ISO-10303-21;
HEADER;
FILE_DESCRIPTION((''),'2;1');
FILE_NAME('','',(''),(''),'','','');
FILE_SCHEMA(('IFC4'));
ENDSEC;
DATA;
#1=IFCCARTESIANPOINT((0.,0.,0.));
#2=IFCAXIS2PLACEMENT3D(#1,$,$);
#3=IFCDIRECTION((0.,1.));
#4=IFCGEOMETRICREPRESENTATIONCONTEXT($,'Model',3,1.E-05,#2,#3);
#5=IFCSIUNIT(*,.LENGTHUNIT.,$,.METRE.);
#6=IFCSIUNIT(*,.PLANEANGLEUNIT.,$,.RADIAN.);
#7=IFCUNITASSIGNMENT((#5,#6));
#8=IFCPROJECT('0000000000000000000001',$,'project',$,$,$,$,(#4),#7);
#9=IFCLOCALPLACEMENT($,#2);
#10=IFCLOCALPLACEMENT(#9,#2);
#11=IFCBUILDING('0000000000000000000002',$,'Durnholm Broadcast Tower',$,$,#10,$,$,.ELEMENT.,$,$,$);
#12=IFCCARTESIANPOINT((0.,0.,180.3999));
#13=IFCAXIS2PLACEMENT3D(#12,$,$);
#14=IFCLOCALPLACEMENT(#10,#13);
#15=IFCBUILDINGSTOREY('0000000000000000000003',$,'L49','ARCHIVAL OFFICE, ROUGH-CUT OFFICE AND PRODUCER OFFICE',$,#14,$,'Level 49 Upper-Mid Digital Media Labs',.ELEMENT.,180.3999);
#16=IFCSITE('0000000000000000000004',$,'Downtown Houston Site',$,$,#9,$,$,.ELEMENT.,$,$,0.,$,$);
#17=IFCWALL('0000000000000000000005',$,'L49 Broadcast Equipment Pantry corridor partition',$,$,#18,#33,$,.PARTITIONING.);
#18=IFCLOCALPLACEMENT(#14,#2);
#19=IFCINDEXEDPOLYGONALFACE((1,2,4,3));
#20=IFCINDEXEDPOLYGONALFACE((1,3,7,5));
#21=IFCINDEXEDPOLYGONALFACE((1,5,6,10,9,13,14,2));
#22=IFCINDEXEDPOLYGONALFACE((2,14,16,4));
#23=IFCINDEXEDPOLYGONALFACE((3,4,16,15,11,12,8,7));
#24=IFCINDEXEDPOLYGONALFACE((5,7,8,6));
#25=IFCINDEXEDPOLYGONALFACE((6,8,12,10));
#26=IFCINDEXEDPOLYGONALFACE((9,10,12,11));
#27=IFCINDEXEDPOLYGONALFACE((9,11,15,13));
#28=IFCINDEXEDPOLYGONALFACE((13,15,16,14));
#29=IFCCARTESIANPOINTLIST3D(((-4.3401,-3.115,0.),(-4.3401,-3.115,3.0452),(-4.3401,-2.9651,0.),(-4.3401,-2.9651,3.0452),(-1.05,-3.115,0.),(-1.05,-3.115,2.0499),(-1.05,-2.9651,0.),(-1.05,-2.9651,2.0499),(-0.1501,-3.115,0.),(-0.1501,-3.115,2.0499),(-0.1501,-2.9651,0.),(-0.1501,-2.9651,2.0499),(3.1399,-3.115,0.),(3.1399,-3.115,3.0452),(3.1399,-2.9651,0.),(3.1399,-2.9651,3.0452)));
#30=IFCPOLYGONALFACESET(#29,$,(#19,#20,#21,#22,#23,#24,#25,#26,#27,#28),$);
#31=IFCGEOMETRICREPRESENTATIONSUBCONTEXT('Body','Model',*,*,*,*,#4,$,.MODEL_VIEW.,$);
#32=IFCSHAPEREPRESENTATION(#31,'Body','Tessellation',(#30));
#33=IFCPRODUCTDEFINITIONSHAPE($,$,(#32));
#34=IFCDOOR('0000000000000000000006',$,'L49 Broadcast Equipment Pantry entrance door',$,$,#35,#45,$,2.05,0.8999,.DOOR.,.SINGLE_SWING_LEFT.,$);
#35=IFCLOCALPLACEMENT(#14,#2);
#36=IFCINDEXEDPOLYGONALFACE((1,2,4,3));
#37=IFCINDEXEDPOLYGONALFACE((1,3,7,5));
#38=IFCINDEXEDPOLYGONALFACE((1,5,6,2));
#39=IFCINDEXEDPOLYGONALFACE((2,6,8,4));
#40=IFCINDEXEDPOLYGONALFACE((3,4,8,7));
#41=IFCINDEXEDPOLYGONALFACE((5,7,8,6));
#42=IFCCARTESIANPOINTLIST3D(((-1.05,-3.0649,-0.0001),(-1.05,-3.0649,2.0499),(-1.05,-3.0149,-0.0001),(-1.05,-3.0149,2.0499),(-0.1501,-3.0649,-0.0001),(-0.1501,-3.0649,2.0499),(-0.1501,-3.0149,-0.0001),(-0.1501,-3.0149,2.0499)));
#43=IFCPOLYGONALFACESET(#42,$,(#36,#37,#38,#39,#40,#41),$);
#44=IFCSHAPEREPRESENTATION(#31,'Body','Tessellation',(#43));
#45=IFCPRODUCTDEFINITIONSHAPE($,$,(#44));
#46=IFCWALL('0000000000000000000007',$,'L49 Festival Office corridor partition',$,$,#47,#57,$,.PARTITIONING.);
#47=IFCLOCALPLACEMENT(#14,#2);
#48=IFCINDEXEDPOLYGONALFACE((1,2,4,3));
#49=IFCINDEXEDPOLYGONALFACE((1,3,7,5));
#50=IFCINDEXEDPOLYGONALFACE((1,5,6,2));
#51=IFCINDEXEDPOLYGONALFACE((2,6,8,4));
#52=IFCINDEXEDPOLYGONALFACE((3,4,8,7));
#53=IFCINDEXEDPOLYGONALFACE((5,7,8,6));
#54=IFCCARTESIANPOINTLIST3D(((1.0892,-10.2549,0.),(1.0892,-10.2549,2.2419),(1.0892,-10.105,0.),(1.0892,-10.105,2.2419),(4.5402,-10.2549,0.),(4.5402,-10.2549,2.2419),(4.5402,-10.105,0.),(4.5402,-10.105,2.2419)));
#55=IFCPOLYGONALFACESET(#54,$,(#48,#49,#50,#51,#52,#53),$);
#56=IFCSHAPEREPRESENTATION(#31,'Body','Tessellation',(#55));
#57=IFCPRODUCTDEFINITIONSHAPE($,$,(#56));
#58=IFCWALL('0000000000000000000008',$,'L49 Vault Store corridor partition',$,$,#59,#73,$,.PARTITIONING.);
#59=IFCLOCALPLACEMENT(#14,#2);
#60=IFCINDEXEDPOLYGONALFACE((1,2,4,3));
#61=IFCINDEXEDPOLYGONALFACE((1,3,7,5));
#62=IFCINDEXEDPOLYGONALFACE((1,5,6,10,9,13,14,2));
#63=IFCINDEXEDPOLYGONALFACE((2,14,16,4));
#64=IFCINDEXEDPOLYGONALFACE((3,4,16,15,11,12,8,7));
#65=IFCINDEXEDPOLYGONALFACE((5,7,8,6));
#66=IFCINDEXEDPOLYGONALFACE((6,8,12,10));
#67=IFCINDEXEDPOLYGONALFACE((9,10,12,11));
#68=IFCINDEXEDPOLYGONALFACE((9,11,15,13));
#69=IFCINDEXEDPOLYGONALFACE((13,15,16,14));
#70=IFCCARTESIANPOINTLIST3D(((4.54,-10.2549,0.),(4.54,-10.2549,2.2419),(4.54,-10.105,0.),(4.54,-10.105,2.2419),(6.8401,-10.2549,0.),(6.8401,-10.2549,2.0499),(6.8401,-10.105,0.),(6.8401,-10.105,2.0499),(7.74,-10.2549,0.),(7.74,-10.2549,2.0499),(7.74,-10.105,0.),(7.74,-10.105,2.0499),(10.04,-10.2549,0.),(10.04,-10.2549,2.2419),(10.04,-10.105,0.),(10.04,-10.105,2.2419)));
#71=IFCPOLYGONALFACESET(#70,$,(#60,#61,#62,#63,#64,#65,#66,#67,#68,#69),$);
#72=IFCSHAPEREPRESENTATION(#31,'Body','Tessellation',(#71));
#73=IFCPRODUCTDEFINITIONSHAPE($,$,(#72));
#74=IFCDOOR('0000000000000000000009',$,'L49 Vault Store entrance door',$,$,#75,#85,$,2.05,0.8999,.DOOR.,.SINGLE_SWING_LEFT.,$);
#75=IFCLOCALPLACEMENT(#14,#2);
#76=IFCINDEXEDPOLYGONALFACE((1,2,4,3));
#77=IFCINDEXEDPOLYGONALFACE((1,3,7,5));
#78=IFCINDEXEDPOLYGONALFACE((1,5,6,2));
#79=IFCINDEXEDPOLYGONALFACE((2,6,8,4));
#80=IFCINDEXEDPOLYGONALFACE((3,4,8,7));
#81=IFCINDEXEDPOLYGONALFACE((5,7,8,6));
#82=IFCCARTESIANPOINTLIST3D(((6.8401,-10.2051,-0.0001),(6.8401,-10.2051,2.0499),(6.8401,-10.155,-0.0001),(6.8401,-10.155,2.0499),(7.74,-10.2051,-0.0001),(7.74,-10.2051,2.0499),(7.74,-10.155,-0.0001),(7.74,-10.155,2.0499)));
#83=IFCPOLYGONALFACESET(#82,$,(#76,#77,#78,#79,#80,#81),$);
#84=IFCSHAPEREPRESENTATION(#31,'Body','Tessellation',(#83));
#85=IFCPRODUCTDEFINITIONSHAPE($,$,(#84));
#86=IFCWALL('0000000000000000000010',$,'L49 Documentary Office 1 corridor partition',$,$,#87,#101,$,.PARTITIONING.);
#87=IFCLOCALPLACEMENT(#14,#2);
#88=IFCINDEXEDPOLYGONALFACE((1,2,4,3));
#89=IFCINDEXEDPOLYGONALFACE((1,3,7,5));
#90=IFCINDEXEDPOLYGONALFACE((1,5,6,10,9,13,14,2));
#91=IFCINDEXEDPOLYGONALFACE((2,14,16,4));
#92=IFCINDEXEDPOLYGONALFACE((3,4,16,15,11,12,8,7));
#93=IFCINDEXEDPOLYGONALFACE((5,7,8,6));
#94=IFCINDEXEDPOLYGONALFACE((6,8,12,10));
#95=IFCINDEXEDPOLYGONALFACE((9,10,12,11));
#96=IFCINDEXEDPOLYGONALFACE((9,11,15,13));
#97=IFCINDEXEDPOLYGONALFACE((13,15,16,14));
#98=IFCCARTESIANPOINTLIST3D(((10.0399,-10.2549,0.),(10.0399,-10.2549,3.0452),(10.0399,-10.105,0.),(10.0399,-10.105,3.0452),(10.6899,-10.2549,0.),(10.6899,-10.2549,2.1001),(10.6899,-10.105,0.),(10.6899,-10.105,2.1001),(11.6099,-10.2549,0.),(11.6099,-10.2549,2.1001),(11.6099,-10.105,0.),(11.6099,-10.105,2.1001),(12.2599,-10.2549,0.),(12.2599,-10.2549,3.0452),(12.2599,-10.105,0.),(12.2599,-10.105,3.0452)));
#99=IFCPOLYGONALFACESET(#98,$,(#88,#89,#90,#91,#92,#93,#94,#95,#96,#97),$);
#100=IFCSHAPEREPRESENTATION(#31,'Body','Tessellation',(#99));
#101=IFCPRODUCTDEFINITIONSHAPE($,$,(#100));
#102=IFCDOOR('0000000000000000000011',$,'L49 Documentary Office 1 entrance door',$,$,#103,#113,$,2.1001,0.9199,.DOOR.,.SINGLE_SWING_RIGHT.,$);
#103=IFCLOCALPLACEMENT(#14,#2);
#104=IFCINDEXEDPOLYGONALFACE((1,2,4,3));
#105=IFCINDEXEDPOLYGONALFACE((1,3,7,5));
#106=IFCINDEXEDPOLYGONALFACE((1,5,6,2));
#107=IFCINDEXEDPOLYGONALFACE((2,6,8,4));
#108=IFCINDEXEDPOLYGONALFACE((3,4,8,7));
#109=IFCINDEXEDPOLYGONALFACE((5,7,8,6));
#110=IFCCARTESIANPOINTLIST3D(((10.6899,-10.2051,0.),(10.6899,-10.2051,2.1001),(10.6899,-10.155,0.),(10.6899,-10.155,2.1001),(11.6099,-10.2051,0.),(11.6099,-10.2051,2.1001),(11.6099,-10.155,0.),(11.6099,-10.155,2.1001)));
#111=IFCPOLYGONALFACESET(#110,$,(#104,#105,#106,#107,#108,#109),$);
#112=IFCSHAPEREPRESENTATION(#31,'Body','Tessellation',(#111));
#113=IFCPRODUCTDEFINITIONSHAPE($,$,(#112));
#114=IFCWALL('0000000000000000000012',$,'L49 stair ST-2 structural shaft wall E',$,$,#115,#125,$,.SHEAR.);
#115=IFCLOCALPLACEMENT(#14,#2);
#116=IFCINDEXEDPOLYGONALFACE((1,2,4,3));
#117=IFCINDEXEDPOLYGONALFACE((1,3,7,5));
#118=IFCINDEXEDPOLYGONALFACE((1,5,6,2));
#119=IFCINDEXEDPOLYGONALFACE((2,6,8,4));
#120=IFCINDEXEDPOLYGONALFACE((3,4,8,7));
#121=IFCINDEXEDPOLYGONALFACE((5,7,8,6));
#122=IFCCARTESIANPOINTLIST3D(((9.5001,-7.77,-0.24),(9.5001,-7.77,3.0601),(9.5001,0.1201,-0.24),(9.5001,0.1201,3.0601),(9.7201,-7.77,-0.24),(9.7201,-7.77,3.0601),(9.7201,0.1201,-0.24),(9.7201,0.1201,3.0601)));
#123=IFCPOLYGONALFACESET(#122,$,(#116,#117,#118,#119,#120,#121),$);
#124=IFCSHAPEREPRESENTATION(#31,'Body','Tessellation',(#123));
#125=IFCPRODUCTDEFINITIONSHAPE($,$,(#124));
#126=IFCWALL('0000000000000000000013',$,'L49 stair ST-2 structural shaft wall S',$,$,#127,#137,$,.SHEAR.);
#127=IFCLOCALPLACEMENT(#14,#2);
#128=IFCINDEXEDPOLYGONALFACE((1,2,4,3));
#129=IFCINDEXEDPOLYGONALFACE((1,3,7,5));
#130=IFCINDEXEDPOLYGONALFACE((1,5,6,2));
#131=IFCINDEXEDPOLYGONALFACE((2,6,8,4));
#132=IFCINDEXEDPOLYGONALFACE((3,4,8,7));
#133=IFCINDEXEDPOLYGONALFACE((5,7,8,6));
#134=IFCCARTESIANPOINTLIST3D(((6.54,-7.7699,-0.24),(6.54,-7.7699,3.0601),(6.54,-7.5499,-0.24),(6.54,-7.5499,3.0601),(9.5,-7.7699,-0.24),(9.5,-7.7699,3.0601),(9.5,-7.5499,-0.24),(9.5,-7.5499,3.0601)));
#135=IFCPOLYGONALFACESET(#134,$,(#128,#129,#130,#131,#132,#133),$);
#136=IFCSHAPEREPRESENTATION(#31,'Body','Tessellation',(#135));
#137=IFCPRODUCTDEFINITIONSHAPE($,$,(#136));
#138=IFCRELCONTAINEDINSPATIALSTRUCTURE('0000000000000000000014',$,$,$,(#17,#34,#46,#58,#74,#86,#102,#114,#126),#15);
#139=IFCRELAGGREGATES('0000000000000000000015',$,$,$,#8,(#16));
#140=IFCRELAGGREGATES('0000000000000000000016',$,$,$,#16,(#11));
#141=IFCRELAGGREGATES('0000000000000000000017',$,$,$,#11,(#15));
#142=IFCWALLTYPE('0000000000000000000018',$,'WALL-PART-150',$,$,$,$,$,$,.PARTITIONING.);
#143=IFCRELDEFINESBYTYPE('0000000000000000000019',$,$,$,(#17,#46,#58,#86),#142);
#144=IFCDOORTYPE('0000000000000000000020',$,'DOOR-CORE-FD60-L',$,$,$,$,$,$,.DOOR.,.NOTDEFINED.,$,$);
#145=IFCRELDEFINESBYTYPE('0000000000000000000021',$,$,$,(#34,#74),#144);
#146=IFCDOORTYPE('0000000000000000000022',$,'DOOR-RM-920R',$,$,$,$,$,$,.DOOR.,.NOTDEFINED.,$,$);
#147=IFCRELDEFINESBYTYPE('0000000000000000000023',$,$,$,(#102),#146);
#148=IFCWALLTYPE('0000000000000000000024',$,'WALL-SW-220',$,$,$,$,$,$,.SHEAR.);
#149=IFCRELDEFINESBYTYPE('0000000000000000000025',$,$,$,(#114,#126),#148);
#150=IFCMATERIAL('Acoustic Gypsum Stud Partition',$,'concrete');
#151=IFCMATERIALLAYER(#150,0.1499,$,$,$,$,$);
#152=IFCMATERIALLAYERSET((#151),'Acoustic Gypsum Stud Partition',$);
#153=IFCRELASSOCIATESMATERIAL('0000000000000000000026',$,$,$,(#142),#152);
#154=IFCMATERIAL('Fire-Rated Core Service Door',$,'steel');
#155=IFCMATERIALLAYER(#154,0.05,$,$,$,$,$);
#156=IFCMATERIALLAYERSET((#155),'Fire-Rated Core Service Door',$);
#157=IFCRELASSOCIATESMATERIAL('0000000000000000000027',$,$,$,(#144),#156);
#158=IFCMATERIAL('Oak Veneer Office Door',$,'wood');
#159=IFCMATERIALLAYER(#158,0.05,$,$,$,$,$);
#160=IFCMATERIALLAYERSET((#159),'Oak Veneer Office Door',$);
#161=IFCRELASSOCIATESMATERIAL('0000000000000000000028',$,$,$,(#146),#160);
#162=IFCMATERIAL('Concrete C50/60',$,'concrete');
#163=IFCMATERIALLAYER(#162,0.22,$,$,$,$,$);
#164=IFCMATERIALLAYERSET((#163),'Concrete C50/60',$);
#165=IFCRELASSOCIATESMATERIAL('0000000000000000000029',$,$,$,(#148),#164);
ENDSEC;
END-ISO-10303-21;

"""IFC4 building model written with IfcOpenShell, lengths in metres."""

from ifc_helpers import new_model, si_unit, direction, frame, frame_2d, origin, place, context, subcontext, project, spatial, rectangle, extrude, source, transform, mapped, material, layer, layer_set, type_object, type_shapes, element, fill, save


model = new_model("IFC4")

# Units and contexts
model_context = context("Model", 3, precision=1e-05, world=origin(), true_north=direction((0.0, 1.0)))
body_context = subcontext(model_context, "Body", "Model", "MODEL_VIEW")
ifc_project = project(units=[si_unit("LENGTHUNIT", "METRE"), si_unit("PLANEANGLEUNIT", "RADIAN")], contexts=[model_context])

# Site, building, storey
site_placement = place(None, origin())
site = spatial("IfcSite", under=ifc_project, at=site_placement, Name="Downtown Houston Site", CompositionType="ELEMENT", RefElevation=0.0)
building_placement = place(site_placement, origin())
building = spatial("IfcBuilding", under=site, at=building_placement, Name="Durnholm Broadcast Tower", CompositionType="ELEMENT")
storey_placement = place(building_placement, frame((0.0, 0.0, 180.3999)))
storey = spatial("IfcBuildingStorey", under=building, at=storey_placement, Name="L49", Description="ARCHIVAL OFFICE, ROUGH-CUT OFFICE AND PRODUCER OFFICE", LongName="Level 49 Upper-Mid Digital Media Labs", CompositionType="ELEMENT", Elevation=180.3999)

# Wall, opening, door
ifc_material_1 = material(Name="Fire-Rated Core Service Door", Category="steel")
ifc_material_2 = material(Name="Acoustic Gypsum Stud Partition", Category="concrete")
ifc_layer_1 = layer(ifc_material_2, 0.1499)
ifc_layer_set_1 = layer_set([ifc_layer_1], Name="Acoustic Gypsum Stud Partition")
wall_type_1 = type_object("IfcWallType", Name="WALL-PART-150", PredefinedType="PARTITIONING", material=ifc_layer_set_1)
wall_1_placement = place(storey_placement, frame((3.1399, -3.04, 0.0), z_axis=(0.0, 0.0, 1.0), x_axis=(-1.0, 0.0, 0.0)))
wall_1 = element("IfcWall", 1, at=wall_1_placement, inside=storey, type_object=wall_type_1, Name="L49 Broadcast Equipment Pantry corridor partition", PredefinedType="PARTITIONING", context=body_context, shape_type="SweptSolid", body=[
    extrude(rectangle(XDim=7.48, YDim=0.1499, at=frame_2d((3.74, 0.0))), origin(), (0.0, 0.0, 1.0), 3.0452),
])
opening_1_placement = place(wall_1_placement, frame((3.29, 0.0, 0.0)))
opening_1 = element("IfcOpeningElement", 2, at=opening_1_placement, cuts=wall_1, PredefinedType="OPENING", context=body_context, shape_type="SweptSolid", body=[
    extrude(rectangle(XDim=0.8999, YDim=2.05, at=frame_2d((0.45, 1.0249))), frame((0.0, 0.085, 0.0), z_axis=(0.0, -1.0, 0.0), x_axis=(1.0, 0.0, 0.0)), (0.0, 0.0, 1.0), 0.1699),
])
ifc_layer_2 = layer(ifc_material_1, 0.05)
ifc_layer_set_2 = layer_set([ifc_layer_2], Name="Fire-Rated Core Service Door")
door_type_1 = type_object("IfcDoorType", Name="DOOR-CORE-FD60-L", OperationType="NOTDEFINED", PredefinedType="DOOR", material=ifc_layer_set_2)
shared_shape_1 = source(origin(), body_context, "Body", "SweptSolid", [
    extrude(rectangle(XDim=0.8999, YDim=2.05, at=frame_2d((0.45, 1.0249))), frame((0.0, 0.0249, 0.0), z_axis=(0.0, -1.0, 0.0), x_axis=(1.0, 0.0, 0.0)), (0.0, 0.0, 1.0), 0.05),
])
type_shapes(door_type_1, [shared_shape_1])
door_1_placement = place(opening_1_placement, origin())
door_1 = element("IfcDoor", 3, at=door_1_placement, inside=storey, type_object=door_type_1, Name="L49 Broadcast Equipment Pantry entrance door", OperationType="SINGLE_SWING_LEFT", OverallHeight=2.05, OverallWidth=0.8999, PredefinedType="DOOR", context=body_context, shape_type="MappedRepresentation", body=[
    mapped(shared_shape_1, transform((0.0, 0.0, 0.0), x_axis=(1.0, 0.0, 0.0), y_axis=(0.0, 1.0, 0.0), z_axis=(0.0, 0.0, 1.0), scale=1.0)),
])
fill(opening_1, door_1)

# Wall
wall_2_placement = place(storey_placement, frame((1.0891, -10.1799, 0.0), z_axis=(0.0, 0.0, 1.0), x_axis=(1.0, 0.0, 0.0)))
element("IfcWall", 4, at=wall_2_placement, inside=storey, type_object=wall_type_1, Name="L49 Festival Office corridor partition", PredefinedType="PARTITIONING", context=body_context, shape_type="SweptSolid", body=[
    extrude(rectangle(XDim=3.4509, YDim=0.1499, at=frame_2d((1.7256, 0.0))), origin(), (0.0, 0.0, 1.0), 2.2419),
])

# Walls, openings, doors
wall_3_placement = place(storey_placement, frame((4.54, -10.1799, 0.0), z_axis=(0.0, 0.0, 1.0), x_axis=(1.0, 0.0, 0.0)))
wall_3 = element("IfcWall", 5, at=wall_3_placement, inside=storey, type_object=wall_type_1, Name="L49 Vault Store corridor partition", PredefinedType="PARTITIONING", context=body_context, shape_type="SweptSolid", body=[
    extrude(rectangle(XDim=5.5, YDim=0.1499, at=frame_2d((2.75, 0.0))), origin(), (0.0, 0.0, 1.0), 2.2419),
])
opening_2_placement = place(wall_3_placement, frame((2.3, 0.0, 0.0)))
opening_2 = element("IfcOpeningElement", 6, at=opening_2_placement, cuts=wall_3, PredefinedType="OPENING", context=body_context, shape_type="SweptSolid", body=[
    extrude(rectangle(XDim=0.8999, YDim=2.05, at=frame_2d((0.45, 1.0249))), frame((0.0, 0.085, 0.0), z_axis=(0.0, -1.0, 0.0), x_axis=(1.0, 0.0, 0.0)), (0.0, 0.0, 1.0), 0.1699),
])
door_2_placement = place(opening_2_placement, origin())
door_2 = element("IfcDoor", 7, at=door_2_placement, inside=storey, type_object=door_type_1, Name="L49 Vault Store entrance door", OperationType="SINGLE_SWING_LEFT", OverallHeight=2.05, OverallWidth=0.8999, PredefinedType="DOOR", context=body_context, shape_type="MappedRepresentation", body=[
    mapped(shared_shape_1, transform((0.0, 0.0, 0.0), x_axis=(1.0, 0.0, 0.0), y_axis=(0.0, 1.0, 0.0), z_axis=(0.0, 0.0, 1.0), scale=1.0)),
])
fill(opening_2, door_2)
wall_4_placement = place(storey_placement, frame((10.04, -10.1799, 0.0), z_axis=(0.0, 0.0, 1.0), x_axis=(1.0, 0.0, 0.0)))
wall_4 = element("IfcWall", 8, at=wall_4_placement, inside=storey, type_object=wall_type_1, Name="L49 Documentary Office 1 corridor partition", PredefinedType="PARTITIONING", context=body_context, shape_type="SweptSolid", body=[
    extrude(rectangle(XDim=2.22, YDim=0.1499, at=frame_2d((1.1099, 0.0))), origin(), (0.0, 0.0, 1.0), 3.0452),
])
opening_3_placement = place(wall_4_placement, frame((0.6499, 0.0, 0.0)))
opening_3 = element("IfcOpeningElement", 9, at=opening_3_placement, cuts=wall_4, PredefinedType="OPENING", context=body_context, shape_type="SweptSolid", body=[
    extrude(rectangle(XDim=0.9199, YDim=2.1001, at=frame_2d((0.46, 1.05))), frame((0.0, 0.085, 0.0), z_axis=(0.0, -1.0, 0.0), x_axis=(1.0, 0.0, 0.0)), (0.0, 0.0, 1.0), 0.1699),
])
ifc_material_3 = material(Name="Oak Veneer Office Door", Category="wood")
ifc_layer_3 = layer(ifc_material_3, 0.05)
ifc_layer_set_3 = layer_set([ifc_layer_3], Name="Oak Veneer Office Door")
door_type_2 = type_object("IfcDoorType", Name="DOOR-RM-920R", OperationType="NOTDEFINED", PredefinedType="DOOR", material=ifc_layer_set_3)
shared_shape_2 = source(origin(), body_context, "Body", "SweptSolid", [
    extrude(rectangle(XDim=0.9199, YDim=2.1001, at=frame_2d((0.46, 1.05))), frame((0.0, 0.0249, 0.0), z_axis=(0.0, -1.0, 0.0), x_axis=(1.0, 0.0, 0.0)), (0.0, 0.0, 1.0), 0.05),
])
type_shapes(door_type_2, [shared_shape_2])
door_3_placement = place(opening_3_placement, origin())
door_3 = element("IfcDoor", 10, at=door_3_placement, inside=storey, type_object=door_type_2, Name="L49 Documentary Office 1 entrance door", OperationType="SINGLE_SWING_RIGHT", OverallHeight=2.1001, OverallWidth=0.9199, PredefinedType="DOOR", context=body_context, shape_type="MappedRepresentation", body=[
    mapped(shared_shape_2, transform((0.0, 0.0, 0.0), x_axis=(1.0, 0.0, 0.0), y_axis=(0.0, 1.0, 0.0), z_axis=(0.0, 0.0, 1.0), scale=1.0)),
])
fill(opening_3, door_3)

# Walls
ifc_material_4 = material(Name="Concrete C50/60", Category="concrete")
ifc_layer_4 = layer(ifc_material_4, 0.22)
ifc_layer_set_4 = layer_set([ifc_layer_4], Name="Concrete C50/60")
wall_type_2 = type_object("IfcWallType", Name="WALL-SW-220", PredefinedType="SHEAR", material=ifc_layer_set_4)
wall_5_placement = place(storey_placement, frame((9.6101, -7.77, -0.24), z_axis=(0.0, 0.0, 1.0), x_axis=(0.0, 1.0, 0.0)))
element("IfcWall", 11, at=wall_5_placement, inside=storey, type_object=wall_type_2, Name="L49 stair ST-2 structural shaft wall E", PredefinedType="SHEAR", context=body_context, shape_type="SweptSolid", body=[
    extrude(rectangle(XDim=7.8901, YDim=0.22, at=frame_2d((3.9451, 0.0))), origin(), (0.0, 0.0, 1.0), 3.3),
])
wall_6_placement = place(storey_placement, frame((6.54, -7.6599, -0.24), z_axis=(0.0, 0.0, 1.0), x_axis=(1.0, 0.0, 0.0)))
element("IfcWall", 12, at=wall_6_placement, inside=storey, type_object=wall_type_2, Name="L49 stair ST-2 structural shaft wall S", PredefinedType="SHEAR", context=body_context, shape_type="SweptSolid", body=[
    extrude(rectangle(XDim=2.96, YDim=0.22, at=frame_2d((1.48, 0.0))), origin(), (0.0, 0.0, 1.0), 3.3),
])

save(model, "model.ifc")
